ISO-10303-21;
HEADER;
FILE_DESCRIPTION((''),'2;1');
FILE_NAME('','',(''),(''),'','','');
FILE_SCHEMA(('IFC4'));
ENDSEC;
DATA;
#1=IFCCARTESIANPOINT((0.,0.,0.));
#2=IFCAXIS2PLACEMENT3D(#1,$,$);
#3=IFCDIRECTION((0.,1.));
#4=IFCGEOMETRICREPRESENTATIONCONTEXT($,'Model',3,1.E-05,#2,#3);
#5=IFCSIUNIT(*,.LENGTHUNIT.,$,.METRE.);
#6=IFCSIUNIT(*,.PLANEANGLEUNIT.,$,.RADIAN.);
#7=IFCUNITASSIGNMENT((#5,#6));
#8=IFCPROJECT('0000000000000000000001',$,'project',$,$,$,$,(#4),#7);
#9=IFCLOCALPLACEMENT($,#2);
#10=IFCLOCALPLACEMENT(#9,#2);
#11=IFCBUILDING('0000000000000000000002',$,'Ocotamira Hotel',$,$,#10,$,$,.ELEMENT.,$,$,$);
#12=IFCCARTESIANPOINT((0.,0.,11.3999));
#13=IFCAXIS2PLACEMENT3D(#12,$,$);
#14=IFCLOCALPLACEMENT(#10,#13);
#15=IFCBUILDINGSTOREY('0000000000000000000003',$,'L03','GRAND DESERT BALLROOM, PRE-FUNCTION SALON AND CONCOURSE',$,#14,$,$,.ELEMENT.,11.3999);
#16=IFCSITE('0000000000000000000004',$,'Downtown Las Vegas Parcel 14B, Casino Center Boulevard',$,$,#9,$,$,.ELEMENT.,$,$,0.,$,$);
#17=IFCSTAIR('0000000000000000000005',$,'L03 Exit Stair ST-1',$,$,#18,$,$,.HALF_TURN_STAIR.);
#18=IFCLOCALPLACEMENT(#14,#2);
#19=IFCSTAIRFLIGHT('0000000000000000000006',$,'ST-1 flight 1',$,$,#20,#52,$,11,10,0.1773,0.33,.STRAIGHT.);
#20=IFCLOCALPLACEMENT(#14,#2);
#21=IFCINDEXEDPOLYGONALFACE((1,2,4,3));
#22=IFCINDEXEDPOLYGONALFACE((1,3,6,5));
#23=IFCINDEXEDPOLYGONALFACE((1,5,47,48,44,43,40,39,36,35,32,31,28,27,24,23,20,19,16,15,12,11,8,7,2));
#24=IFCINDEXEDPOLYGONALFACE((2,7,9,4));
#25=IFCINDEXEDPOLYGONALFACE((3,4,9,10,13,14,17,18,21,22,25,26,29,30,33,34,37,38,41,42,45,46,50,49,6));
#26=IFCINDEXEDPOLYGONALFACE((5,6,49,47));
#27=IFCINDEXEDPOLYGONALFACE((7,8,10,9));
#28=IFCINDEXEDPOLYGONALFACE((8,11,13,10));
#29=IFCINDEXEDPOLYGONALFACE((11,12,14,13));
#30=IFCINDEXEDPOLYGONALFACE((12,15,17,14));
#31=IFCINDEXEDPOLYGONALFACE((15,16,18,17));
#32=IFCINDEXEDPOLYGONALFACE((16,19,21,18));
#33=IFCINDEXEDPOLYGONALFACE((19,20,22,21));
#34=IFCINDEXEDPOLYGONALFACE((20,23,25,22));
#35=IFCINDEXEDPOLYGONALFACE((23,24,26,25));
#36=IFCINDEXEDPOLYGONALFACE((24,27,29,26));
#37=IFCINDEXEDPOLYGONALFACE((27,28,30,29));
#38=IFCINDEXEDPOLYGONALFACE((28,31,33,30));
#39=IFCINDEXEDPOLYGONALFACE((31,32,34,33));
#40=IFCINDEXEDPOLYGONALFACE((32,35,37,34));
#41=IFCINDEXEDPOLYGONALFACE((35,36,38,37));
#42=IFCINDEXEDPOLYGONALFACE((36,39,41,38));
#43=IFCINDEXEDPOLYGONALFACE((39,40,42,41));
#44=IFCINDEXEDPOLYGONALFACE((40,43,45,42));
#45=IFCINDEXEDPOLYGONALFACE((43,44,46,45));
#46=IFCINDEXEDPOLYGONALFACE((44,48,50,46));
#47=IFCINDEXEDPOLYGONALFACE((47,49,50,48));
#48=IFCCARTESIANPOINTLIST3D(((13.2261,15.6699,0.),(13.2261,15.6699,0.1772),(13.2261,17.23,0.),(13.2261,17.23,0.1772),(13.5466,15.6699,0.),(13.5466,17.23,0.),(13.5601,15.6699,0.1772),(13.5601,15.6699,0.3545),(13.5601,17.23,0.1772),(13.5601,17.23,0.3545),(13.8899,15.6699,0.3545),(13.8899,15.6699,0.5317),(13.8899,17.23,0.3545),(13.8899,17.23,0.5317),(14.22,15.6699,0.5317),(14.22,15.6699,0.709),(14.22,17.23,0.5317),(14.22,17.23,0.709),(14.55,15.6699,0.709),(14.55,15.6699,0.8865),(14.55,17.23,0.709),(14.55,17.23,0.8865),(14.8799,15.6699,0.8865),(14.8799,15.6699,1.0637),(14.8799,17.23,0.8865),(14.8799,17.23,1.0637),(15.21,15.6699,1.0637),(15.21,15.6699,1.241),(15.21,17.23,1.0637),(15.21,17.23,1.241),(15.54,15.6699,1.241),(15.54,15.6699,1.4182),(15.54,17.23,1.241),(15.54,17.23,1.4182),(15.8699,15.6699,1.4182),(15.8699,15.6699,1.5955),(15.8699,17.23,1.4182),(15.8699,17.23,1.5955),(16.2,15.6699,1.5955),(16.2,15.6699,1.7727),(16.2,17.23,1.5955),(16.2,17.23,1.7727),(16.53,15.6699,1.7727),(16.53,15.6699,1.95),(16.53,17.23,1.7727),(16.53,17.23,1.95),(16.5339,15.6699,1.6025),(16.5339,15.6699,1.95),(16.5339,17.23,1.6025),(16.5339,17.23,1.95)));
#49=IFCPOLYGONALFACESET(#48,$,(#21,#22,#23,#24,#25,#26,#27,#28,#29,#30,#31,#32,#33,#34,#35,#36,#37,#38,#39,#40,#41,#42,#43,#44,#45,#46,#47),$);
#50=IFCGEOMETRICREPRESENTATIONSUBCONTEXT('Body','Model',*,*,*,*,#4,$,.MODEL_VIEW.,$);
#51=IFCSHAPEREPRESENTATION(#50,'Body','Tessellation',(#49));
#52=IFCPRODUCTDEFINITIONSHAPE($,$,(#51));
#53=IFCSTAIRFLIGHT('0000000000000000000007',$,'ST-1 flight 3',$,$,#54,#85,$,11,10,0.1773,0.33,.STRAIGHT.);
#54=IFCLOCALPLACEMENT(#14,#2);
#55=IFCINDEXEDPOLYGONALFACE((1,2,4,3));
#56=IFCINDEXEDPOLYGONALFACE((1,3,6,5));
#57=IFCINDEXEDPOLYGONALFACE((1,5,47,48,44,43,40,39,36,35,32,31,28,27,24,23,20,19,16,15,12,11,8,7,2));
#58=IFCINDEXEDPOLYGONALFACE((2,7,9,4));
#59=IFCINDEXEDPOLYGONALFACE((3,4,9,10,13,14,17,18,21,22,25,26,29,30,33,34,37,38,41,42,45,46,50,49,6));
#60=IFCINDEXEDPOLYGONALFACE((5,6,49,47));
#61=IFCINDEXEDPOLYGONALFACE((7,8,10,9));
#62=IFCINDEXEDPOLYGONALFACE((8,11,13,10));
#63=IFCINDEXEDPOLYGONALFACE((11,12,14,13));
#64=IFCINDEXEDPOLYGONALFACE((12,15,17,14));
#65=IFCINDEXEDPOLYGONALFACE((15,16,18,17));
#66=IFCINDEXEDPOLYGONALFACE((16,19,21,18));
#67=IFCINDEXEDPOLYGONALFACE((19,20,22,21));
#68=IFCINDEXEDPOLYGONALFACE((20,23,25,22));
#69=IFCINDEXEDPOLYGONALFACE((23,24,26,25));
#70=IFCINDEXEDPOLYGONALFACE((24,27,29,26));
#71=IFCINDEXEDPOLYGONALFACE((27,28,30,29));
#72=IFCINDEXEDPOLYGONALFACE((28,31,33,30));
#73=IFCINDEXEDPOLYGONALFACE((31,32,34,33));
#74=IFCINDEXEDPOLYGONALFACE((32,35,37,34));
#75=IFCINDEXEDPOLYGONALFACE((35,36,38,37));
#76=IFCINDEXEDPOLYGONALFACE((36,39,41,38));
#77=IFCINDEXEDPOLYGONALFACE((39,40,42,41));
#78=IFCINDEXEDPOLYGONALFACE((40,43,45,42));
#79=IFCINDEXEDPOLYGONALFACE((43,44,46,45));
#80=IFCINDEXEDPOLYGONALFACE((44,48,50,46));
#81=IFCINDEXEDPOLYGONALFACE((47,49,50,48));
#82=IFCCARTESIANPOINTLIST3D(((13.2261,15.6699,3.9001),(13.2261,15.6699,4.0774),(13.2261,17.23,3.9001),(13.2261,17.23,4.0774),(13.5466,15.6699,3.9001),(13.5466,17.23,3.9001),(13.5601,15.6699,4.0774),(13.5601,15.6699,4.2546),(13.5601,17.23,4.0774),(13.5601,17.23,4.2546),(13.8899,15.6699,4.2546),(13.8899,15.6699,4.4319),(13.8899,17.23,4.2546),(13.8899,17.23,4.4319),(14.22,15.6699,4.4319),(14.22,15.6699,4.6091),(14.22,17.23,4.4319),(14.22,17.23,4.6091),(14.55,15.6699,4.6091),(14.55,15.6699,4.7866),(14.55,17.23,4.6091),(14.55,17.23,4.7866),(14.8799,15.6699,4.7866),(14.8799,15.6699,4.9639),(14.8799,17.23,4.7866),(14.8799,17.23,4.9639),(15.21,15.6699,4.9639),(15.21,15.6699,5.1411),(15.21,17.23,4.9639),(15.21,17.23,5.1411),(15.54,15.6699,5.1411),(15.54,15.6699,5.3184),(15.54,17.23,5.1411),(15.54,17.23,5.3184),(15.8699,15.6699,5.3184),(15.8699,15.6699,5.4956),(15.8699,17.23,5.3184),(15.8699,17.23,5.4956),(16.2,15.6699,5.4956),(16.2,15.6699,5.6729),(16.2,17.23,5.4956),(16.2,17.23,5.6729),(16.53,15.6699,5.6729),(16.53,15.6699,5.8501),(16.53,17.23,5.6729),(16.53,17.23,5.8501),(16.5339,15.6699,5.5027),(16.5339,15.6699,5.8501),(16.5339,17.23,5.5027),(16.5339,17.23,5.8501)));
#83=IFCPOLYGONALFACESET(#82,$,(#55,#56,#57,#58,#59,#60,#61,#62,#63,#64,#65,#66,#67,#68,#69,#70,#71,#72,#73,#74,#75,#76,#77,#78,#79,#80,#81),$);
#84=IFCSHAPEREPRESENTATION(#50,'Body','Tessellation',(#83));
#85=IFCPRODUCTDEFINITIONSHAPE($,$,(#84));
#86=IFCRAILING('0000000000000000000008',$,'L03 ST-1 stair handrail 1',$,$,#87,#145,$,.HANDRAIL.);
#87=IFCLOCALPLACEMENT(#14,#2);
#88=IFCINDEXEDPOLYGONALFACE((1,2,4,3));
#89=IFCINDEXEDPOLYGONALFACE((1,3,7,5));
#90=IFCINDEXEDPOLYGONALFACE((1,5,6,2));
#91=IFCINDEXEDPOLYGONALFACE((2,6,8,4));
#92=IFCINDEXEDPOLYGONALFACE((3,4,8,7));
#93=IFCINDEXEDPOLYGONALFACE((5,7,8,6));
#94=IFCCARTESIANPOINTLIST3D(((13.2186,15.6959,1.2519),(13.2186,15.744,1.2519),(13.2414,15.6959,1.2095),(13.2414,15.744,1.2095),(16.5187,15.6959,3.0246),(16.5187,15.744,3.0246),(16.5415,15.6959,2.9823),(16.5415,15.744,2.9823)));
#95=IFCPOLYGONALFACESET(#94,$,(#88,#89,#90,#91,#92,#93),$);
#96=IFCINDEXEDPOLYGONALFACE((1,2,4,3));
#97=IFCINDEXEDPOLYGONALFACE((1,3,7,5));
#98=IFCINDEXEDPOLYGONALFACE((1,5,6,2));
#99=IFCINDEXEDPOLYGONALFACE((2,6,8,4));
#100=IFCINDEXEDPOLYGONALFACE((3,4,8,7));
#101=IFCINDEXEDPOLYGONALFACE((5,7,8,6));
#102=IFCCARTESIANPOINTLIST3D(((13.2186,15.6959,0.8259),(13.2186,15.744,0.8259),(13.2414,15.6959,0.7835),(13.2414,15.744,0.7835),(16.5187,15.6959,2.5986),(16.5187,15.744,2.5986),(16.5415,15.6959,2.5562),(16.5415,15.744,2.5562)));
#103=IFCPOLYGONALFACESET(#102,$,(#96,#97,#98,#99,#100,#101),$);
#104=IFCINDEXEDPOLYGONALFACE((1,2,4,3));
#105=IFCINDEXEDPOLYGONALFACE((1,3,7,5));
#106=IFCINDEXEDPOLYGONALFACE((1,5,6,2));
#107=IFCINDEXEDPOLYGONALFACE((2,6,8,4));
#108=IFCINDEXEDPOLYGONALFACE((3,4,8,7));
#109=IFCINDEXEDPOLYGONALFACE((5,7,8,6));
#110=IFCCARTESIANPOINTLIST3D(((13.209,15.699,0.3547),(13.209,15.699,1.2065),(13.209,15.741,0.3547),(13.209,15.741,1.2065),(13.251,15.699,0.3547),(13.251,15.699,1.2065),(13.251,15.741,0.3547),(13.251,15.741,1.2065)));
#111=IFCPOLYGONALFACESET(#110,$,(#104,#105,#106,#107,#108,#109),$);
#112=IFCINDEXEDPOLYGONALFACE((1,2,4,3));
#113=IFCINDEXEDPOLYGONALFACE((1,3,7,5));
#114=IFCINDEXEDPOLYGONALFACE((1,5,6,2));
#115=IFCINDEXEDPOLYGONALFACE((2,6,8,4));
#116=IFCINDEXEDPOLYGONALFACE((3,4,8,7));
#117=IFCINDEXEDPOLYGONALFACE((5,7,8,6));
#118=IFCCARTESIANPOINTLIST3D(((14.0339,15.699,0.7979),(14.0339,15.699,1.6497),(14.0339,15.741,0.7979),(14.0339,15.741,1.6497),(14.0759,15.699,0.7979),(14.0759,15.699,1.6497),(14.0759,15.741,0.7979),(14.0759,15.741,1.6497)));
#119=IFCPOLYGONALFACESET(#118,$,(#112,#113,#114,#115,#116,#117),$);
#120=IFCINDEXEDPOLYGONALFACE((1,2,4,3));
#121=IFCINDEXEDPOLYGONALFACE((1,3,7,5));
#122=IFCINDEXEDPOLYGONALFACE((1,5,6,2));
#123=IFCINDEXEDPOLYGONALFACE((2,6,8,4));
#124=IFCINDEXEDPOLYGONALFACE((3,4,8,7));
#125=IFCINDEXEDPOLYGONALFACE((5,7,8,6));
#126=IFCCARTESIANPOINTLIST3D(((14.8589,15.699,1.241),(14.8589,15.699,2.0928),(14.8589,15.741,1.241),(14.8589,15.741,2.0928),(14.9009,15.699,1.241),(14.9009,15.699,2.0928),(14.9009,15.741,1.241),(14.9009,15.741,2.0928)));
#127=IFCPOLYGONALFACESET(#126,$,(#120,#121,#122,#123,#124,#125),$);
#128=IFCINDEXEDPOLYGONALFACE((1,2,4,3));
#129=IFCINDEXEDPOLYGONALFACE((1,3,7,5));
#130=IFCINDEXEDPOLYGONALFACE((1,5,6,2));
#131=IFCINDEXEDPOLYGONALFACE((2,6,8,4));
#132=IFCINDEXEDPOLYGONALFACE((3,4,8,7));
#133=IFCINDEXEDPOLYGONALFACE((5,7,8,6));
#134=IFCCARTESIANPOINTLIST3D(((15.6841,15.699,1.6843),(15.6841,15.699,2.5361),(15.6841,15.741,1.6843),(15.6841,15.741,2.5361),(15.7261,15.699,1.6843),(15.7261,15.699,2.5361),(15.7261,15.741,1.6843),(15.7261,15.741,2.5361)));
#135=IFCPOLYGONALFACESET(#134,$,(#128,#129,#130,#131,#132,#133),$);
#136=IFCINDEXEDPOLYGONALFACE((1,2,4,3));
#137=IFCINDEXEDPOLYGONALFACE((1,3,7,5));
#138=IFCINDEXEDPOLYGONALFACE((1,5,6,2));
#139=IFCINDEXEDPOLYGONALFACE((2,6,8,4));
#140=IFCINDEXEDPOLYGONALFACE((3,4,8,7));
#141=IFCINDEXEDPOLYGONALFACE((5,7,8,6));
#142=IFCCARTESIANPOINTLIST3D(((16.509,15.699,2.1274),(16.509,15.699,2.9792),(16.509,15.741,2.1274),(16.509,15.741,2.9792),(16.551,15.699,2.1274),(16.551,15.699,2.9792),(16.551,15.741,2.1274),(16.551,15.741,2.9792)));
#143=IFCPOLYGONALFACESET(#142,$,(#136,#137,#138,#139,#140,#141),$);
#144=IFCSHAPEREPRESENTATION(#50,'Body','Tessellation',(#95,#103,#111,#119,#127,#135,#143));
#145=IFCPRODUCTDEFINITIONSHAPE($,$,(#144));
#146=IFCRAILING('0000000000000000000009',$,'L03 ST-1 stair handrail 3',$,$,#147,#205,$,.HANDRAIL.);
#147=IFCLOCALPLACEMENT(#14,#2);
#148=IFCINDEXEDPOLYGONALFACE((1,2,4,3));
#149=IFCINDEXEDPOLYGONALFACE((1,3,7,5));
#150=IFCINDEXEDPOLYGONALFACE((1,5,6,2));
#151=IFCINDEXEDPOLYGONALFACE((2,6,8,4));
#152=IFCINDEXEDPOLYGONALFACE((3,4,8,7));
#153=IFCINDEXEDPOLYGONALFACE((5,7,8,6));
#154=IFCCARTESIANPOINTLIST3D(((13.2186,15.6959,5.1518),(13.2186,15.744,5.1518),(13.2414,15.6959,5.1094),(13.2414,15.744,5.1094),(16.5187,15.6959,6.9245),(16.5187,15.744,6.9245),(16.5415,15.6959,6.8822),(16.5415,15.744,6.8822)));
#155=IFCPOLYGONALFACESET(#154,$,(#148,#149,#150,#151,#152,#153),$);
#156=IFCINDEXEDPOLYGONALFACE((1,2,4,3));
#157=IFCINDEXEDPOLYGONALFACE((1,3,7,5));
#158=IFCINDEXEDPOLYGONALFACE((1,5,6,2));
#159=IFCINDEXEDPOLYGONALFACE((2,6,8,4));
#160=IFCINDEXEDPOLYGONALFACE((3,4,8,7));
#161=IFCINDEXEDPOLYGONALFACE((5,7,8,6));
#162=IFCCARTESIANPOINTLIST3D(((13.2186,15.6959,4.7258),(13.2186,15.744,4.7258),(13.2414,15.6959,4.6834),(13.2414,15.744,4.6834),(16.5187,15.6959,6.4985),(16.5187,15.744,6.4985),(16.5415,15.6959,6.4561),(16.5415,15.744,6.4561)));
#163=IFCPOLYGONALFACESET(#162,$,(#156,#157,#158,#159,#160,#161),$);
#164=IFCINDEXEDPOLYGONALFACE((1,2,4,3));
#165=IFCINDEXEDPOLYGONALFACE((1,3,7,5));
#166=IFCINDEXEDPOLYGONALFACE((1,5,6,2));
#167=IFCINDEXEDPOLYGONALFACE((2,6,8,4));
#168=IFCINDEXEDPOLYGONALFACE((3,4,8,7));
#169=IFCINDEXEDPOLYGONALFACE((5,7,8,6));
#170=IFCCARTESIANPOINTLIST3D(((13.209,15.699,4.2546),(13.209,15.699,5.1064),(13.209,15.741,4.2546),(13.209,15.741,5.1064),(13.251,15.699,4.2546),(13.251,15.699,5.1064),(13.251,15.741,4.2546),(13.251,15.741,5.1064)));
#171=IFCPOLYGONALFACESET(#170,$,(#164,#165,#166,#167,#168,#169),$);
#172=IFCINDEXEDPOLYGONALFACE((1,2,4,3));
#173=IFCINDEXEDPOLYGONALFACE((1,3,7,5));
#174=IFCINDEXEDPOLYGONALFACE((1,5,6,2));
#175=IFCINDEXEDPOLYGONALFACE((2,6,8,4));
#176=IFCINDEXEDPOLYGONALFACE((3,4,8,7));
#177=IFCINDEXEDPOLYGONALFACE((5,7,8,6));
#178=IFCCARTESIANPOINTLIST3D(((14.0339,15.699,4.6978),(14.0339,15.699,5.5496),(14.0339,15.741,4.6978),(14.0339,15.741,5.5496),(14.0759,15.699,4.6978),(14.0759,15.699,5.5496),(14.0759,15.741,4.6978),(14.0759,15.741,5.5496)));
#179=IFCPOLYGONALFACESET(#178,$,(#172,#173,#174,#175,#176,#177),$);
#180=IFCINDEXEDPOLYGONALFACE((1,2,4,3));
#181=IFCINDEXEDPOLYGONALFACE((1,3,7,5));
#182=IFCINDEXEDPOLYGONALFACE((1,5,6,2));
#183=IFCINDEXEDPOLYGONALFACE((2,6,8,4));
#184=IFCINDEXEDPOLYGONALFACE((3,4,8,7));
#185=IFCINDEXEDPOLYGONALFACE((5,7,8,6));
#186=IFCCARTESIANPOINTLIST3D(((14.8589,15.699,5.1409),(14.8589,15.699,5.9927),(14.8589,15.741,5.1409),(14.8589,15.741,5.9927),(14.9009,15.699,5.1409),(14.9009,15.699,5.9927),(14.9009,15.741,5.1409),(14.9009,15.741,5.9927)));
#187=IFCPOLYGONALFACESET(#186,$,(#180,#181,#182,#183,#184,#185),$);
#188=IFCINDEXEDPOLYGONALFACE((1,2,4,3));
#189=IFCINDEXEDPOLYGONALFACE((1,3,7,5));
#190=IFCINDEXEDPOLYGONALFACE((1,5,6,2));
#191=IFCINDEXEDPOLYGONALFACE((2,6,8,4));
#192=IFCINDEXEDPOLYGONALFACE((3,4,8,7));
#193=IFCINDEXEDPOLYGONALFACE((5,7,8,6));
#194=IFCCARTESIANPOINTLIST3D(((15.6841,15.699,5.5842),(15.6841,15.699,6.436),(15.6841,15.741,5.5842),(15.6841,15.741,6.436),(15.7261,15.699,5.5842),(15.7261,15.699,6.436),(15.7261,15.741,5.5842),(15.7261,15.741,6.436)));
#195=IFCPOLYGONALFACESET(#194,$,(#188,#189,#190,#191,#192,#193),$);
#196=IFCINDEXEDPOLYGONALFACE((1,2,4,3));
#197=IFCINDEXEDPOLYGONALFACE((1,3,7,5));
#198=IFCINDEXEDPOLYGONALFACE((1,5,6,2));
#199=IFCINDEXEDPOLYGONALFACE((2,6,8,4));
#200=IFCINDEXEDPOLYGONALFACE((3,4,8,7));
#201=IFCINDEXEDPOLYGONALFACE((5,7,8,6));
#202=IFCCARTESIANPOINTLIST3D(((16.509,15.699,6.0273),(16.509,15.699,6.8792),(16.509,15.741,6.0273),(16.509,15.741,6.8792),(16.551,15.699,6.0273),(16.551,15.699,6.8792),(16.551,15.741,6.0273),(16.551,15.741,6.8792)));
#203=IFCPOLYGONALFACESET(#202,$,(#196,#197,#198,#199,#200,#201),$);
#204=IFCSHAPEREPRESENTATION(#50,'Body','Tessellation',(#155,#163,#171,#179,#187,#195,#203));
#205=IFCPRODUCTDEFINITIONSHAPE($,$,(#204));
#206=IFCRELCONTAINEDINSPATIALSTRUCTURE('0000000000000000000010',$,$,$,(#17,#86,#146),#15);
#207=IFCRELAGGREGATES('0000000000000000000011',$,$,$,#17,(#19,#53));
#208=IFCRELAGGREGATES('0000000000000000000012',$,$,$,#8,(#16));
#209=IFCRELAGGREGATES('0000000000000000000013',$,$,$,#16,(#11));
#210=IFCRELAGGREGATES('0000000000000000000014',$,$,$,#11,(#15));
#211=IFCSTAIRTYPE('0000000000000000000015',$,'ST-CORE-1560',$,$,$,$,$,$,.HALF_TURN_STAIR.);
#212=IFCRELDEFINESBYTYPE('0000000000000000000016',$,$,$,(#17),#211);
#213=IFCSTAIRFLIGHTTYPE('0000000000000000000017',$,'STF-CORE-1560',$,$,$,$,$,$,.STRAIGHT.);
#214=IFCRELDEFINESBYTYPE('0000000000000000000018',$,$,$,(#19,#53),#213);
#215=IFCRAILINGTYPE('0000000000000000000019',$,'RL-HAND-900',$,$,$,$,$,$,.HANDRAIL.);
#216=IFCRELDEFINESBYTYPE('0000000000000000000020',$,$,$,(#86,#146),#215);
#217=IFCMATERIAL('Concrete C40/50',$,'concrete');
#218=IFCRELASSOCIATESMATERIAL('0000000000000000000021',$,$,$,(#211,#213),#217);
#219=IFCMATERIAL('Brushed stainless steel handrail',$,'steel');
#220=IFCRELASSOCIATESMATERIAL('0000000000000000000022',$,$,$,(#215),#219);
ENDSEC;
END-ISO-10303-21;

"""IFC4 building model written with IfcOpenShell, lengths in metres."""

from ifc_helpers import new_model, si_unit, direction, frame, origin, origin_2d, place, context, subcontext, project, spatial, polyline, rectangle, outline, extrude, source, transform, mapped, material, type_object, element, aggregate, save


model = new_model("IFC4")

# Units and contexts
model_context = context("Model", 3, precision=1e-05, world=origin(), true_north=direction((0.0, 1.0)))
body_context = subcontext(model_context, "Body", "Model", "MODEL_VIEW")
ifc_project = project(units=[si_unit("LENGTHUNIT", "METRE"), si_unit("PLANEANGLEUNIT", "RADIAN")], contexts=[model_context])

# Site, building, storey
site_placement = place(None, origin())
site = spatial("IfcSite", under=ifc_project, at=site_placement, Name="Downtown Las Vegas Parcel 14B, Casino Center Boulevard", CompositionType="ELEMENT", RefElevation=0.0)
building_placement = place(site_placement, origin())
building = spatial("IfcBuilding", under=site, at=building_placement, Name="Ocotamira Hotel", CompositionType="ELEMENT")
storey_placement = place(building_placement, frame((0.0, 0.0, 11.3999)))
storey = spatial("IfcBuildingStorey", under=building, at=storey_placement, Name="L03", Description="GRAND DESERT BALLROOM, PRE-FUNCTION SALON AND CONCOURSE", CompositionType="ELEMENT", Elevation=11.3999)

# Stair, stair flights
ifc_material_1 = material(Name="Concrete C40/50", Category="concrete")
stair_type = type_object("IfcStairType", Name="ST-CORE-1560", PredefinedType="HALF_TURN_STAIR", material=ifc_material_1)
stair_placement = place(storey_placement, origin())
stair = element("IfcStair", 1, at=stair_placement, inside=storey, type_object=stair_type, Name="L03 Exit Stair ST-1", PredefinedType="HALF_TURN_STAIR")
stair_flight_type = type_object("IfcStairFlightType", Name="STF-CORE-1560", PredefinedType="STRAIGHT", material=ifc_material_1)
shared_shape_1 = source(origin(), body_context, "Body", "SweptSolid", [
    extrude(outline(polyline([(-0.0039, 0.0), (-0.0039, 0.1772), (0.3301, 0.1772), (0.3301, 0.3545), (0.6599, 0.3545), (0.6599, 0.5317), (0.99, 0.5317), (0.99, 0.709), (1.3201, 0.709), (1.3201, 0.8865), (1.6499, 0.8865), (1.6499, 1.0637), (1.98, 1.0637), (1.98, 1.241), (2.3101, 1.241), (2.3101, 1.4182), (2.6399, 1.4182), (2.6399, 1.5955), (2.97, 1.5955), (2.97, 1.7727), (3.3, 1.7727), (3.3, 1.95), (3.304, 1.95), (3.304, 1.6025), (0.3167, 0.0), (-0.0039, 0.0)])), frame((0.0, 0.78, 0.0), z_axis=(0.0, -1.0, 0.0), x_axis=(1.0, 0.0, 0.0)), (0.0, 0.0, 1.0), 1.5601),
])
stair_flight_1_placement = place(storey_placement, frame((13.23, 16.45, 0.0), z_axis=(0.0, 0.0, 1.0), x_axis=(1.0, 0.0, 0.0)))
stair_flight_1 = element("IfcStairFlight", 2, at=stair_flight_1_placement, type_object=stair_flight_type, Name="ST-1 flight 1", NumberOfRisers=11, NumberOfTreads=10, PredefinedType="STRAIGHT", RiserHeight=0.1773, TreadLength=0.33, context=body_context, shape_type="MappedRepresentation", body=[
    mapped(shared_shape_1, transform((0.0, 0.0, 0.0), scale=1.0)),
])
stair_flight_2_placement = place(storey_placement, frame((13.23, 16.45, 3.9001), z_axis=(0.0, 0.0, 1.0), x_axis=(1.0, 0.0, 0.0)))
stair_flight_2 = element("IfcStairFlight", 3, at=stair_flight_2_placement, type_object=stair_flight_type, Name="ST-1 flight 3", NumberOfRisers=11, NumberOfTreads=10, PredefinedType="STRAIGHT", RiserHeight=0.1773, TreadLength=0.33, context=body_context, shape_type="MappedRepresentation", body=[
    mapped(shared_shape_1, transform((0.0, 0.0, 0.0), scale=1.0)),
])
aggregate(stair, [stair_flight_1, stair_flight_2])

# Railings
ifc_material_2 = material(Name="Brushed stainless steel handrail", Category="steel")
railing_type_1 = type_object("IfcRailingType", Name="RL-HAND-900", PredefinedType="HANDRAIL", material=ifc_material_2)
for number, where, name in (
    (4, (13.23, 15.72, 0.3547), "L03 ST-1 stair handrail 1"),
    (5, (13.23, 15.72, 4.2546), "L03 ST-1 stair handrail 3"),
):
    element("IfcRailing", number, at=place(storey_placement, frame(where)), inside=storey, type_object=railing_type_1, Name=name, PredefinedType="HANDRAIL", context=body_context, shape_type="SweptSolid", body=[
        extrude(rectangle(XDim=0.0481, YDim=0.0481, at=origin_2d()), frame((0.0, 0.0, 0.876), z_axis=(0.880944, 0.0, 0.473221), x_axis=(0.0, 1.0, 0.0)), (0.0, 0.0, 1.0), 3.7461),
        extrude(rectangle(XDim=0.0481, YDim=0.0481, at=origin_2d()), frame((0.0, 0.0, 0.45), z_axis=(0.880944, 0.0, 0.473221), x_axis=(0.0, 1.0, 0.0)), (0.0, 0.0, 1.0), 3.7461),
        extrude(rectangle(XDim=0.042, YDim=0.042, at=origin_2d()), origin(), (0.0, 0.0, 1.0), 0.8518),
        extrude(rectangle(XDim=0.042, YDim=0.042, at=origin_2d()), frame((0.825, 0.0, 0.4431)), (0.0, 0.0, 1.0), 0.8518),
        extrude(rectangle(XDim=0.042, YDim=0.042, at=origin_2d()), frame((1.6499, 0.0, 0.8862)), (0.0, 0.0, 1.0), 0.8518),
        extrude(rectangle(XDim=0.042, YDim=0.042, at=origin_2d()), frame((2.4751, 0.0, 1.3296)), (0.0, 0.0, 1.0), 0.8518),
        extrude(rectangle(XDim=0.042, YDim=0.042, at=origin_2d()), frame((3.3, 0.0, 1.7727)), (0.0, 0.0, 1.0), 0.8518),
    ])

save(model, "model.ifc")
